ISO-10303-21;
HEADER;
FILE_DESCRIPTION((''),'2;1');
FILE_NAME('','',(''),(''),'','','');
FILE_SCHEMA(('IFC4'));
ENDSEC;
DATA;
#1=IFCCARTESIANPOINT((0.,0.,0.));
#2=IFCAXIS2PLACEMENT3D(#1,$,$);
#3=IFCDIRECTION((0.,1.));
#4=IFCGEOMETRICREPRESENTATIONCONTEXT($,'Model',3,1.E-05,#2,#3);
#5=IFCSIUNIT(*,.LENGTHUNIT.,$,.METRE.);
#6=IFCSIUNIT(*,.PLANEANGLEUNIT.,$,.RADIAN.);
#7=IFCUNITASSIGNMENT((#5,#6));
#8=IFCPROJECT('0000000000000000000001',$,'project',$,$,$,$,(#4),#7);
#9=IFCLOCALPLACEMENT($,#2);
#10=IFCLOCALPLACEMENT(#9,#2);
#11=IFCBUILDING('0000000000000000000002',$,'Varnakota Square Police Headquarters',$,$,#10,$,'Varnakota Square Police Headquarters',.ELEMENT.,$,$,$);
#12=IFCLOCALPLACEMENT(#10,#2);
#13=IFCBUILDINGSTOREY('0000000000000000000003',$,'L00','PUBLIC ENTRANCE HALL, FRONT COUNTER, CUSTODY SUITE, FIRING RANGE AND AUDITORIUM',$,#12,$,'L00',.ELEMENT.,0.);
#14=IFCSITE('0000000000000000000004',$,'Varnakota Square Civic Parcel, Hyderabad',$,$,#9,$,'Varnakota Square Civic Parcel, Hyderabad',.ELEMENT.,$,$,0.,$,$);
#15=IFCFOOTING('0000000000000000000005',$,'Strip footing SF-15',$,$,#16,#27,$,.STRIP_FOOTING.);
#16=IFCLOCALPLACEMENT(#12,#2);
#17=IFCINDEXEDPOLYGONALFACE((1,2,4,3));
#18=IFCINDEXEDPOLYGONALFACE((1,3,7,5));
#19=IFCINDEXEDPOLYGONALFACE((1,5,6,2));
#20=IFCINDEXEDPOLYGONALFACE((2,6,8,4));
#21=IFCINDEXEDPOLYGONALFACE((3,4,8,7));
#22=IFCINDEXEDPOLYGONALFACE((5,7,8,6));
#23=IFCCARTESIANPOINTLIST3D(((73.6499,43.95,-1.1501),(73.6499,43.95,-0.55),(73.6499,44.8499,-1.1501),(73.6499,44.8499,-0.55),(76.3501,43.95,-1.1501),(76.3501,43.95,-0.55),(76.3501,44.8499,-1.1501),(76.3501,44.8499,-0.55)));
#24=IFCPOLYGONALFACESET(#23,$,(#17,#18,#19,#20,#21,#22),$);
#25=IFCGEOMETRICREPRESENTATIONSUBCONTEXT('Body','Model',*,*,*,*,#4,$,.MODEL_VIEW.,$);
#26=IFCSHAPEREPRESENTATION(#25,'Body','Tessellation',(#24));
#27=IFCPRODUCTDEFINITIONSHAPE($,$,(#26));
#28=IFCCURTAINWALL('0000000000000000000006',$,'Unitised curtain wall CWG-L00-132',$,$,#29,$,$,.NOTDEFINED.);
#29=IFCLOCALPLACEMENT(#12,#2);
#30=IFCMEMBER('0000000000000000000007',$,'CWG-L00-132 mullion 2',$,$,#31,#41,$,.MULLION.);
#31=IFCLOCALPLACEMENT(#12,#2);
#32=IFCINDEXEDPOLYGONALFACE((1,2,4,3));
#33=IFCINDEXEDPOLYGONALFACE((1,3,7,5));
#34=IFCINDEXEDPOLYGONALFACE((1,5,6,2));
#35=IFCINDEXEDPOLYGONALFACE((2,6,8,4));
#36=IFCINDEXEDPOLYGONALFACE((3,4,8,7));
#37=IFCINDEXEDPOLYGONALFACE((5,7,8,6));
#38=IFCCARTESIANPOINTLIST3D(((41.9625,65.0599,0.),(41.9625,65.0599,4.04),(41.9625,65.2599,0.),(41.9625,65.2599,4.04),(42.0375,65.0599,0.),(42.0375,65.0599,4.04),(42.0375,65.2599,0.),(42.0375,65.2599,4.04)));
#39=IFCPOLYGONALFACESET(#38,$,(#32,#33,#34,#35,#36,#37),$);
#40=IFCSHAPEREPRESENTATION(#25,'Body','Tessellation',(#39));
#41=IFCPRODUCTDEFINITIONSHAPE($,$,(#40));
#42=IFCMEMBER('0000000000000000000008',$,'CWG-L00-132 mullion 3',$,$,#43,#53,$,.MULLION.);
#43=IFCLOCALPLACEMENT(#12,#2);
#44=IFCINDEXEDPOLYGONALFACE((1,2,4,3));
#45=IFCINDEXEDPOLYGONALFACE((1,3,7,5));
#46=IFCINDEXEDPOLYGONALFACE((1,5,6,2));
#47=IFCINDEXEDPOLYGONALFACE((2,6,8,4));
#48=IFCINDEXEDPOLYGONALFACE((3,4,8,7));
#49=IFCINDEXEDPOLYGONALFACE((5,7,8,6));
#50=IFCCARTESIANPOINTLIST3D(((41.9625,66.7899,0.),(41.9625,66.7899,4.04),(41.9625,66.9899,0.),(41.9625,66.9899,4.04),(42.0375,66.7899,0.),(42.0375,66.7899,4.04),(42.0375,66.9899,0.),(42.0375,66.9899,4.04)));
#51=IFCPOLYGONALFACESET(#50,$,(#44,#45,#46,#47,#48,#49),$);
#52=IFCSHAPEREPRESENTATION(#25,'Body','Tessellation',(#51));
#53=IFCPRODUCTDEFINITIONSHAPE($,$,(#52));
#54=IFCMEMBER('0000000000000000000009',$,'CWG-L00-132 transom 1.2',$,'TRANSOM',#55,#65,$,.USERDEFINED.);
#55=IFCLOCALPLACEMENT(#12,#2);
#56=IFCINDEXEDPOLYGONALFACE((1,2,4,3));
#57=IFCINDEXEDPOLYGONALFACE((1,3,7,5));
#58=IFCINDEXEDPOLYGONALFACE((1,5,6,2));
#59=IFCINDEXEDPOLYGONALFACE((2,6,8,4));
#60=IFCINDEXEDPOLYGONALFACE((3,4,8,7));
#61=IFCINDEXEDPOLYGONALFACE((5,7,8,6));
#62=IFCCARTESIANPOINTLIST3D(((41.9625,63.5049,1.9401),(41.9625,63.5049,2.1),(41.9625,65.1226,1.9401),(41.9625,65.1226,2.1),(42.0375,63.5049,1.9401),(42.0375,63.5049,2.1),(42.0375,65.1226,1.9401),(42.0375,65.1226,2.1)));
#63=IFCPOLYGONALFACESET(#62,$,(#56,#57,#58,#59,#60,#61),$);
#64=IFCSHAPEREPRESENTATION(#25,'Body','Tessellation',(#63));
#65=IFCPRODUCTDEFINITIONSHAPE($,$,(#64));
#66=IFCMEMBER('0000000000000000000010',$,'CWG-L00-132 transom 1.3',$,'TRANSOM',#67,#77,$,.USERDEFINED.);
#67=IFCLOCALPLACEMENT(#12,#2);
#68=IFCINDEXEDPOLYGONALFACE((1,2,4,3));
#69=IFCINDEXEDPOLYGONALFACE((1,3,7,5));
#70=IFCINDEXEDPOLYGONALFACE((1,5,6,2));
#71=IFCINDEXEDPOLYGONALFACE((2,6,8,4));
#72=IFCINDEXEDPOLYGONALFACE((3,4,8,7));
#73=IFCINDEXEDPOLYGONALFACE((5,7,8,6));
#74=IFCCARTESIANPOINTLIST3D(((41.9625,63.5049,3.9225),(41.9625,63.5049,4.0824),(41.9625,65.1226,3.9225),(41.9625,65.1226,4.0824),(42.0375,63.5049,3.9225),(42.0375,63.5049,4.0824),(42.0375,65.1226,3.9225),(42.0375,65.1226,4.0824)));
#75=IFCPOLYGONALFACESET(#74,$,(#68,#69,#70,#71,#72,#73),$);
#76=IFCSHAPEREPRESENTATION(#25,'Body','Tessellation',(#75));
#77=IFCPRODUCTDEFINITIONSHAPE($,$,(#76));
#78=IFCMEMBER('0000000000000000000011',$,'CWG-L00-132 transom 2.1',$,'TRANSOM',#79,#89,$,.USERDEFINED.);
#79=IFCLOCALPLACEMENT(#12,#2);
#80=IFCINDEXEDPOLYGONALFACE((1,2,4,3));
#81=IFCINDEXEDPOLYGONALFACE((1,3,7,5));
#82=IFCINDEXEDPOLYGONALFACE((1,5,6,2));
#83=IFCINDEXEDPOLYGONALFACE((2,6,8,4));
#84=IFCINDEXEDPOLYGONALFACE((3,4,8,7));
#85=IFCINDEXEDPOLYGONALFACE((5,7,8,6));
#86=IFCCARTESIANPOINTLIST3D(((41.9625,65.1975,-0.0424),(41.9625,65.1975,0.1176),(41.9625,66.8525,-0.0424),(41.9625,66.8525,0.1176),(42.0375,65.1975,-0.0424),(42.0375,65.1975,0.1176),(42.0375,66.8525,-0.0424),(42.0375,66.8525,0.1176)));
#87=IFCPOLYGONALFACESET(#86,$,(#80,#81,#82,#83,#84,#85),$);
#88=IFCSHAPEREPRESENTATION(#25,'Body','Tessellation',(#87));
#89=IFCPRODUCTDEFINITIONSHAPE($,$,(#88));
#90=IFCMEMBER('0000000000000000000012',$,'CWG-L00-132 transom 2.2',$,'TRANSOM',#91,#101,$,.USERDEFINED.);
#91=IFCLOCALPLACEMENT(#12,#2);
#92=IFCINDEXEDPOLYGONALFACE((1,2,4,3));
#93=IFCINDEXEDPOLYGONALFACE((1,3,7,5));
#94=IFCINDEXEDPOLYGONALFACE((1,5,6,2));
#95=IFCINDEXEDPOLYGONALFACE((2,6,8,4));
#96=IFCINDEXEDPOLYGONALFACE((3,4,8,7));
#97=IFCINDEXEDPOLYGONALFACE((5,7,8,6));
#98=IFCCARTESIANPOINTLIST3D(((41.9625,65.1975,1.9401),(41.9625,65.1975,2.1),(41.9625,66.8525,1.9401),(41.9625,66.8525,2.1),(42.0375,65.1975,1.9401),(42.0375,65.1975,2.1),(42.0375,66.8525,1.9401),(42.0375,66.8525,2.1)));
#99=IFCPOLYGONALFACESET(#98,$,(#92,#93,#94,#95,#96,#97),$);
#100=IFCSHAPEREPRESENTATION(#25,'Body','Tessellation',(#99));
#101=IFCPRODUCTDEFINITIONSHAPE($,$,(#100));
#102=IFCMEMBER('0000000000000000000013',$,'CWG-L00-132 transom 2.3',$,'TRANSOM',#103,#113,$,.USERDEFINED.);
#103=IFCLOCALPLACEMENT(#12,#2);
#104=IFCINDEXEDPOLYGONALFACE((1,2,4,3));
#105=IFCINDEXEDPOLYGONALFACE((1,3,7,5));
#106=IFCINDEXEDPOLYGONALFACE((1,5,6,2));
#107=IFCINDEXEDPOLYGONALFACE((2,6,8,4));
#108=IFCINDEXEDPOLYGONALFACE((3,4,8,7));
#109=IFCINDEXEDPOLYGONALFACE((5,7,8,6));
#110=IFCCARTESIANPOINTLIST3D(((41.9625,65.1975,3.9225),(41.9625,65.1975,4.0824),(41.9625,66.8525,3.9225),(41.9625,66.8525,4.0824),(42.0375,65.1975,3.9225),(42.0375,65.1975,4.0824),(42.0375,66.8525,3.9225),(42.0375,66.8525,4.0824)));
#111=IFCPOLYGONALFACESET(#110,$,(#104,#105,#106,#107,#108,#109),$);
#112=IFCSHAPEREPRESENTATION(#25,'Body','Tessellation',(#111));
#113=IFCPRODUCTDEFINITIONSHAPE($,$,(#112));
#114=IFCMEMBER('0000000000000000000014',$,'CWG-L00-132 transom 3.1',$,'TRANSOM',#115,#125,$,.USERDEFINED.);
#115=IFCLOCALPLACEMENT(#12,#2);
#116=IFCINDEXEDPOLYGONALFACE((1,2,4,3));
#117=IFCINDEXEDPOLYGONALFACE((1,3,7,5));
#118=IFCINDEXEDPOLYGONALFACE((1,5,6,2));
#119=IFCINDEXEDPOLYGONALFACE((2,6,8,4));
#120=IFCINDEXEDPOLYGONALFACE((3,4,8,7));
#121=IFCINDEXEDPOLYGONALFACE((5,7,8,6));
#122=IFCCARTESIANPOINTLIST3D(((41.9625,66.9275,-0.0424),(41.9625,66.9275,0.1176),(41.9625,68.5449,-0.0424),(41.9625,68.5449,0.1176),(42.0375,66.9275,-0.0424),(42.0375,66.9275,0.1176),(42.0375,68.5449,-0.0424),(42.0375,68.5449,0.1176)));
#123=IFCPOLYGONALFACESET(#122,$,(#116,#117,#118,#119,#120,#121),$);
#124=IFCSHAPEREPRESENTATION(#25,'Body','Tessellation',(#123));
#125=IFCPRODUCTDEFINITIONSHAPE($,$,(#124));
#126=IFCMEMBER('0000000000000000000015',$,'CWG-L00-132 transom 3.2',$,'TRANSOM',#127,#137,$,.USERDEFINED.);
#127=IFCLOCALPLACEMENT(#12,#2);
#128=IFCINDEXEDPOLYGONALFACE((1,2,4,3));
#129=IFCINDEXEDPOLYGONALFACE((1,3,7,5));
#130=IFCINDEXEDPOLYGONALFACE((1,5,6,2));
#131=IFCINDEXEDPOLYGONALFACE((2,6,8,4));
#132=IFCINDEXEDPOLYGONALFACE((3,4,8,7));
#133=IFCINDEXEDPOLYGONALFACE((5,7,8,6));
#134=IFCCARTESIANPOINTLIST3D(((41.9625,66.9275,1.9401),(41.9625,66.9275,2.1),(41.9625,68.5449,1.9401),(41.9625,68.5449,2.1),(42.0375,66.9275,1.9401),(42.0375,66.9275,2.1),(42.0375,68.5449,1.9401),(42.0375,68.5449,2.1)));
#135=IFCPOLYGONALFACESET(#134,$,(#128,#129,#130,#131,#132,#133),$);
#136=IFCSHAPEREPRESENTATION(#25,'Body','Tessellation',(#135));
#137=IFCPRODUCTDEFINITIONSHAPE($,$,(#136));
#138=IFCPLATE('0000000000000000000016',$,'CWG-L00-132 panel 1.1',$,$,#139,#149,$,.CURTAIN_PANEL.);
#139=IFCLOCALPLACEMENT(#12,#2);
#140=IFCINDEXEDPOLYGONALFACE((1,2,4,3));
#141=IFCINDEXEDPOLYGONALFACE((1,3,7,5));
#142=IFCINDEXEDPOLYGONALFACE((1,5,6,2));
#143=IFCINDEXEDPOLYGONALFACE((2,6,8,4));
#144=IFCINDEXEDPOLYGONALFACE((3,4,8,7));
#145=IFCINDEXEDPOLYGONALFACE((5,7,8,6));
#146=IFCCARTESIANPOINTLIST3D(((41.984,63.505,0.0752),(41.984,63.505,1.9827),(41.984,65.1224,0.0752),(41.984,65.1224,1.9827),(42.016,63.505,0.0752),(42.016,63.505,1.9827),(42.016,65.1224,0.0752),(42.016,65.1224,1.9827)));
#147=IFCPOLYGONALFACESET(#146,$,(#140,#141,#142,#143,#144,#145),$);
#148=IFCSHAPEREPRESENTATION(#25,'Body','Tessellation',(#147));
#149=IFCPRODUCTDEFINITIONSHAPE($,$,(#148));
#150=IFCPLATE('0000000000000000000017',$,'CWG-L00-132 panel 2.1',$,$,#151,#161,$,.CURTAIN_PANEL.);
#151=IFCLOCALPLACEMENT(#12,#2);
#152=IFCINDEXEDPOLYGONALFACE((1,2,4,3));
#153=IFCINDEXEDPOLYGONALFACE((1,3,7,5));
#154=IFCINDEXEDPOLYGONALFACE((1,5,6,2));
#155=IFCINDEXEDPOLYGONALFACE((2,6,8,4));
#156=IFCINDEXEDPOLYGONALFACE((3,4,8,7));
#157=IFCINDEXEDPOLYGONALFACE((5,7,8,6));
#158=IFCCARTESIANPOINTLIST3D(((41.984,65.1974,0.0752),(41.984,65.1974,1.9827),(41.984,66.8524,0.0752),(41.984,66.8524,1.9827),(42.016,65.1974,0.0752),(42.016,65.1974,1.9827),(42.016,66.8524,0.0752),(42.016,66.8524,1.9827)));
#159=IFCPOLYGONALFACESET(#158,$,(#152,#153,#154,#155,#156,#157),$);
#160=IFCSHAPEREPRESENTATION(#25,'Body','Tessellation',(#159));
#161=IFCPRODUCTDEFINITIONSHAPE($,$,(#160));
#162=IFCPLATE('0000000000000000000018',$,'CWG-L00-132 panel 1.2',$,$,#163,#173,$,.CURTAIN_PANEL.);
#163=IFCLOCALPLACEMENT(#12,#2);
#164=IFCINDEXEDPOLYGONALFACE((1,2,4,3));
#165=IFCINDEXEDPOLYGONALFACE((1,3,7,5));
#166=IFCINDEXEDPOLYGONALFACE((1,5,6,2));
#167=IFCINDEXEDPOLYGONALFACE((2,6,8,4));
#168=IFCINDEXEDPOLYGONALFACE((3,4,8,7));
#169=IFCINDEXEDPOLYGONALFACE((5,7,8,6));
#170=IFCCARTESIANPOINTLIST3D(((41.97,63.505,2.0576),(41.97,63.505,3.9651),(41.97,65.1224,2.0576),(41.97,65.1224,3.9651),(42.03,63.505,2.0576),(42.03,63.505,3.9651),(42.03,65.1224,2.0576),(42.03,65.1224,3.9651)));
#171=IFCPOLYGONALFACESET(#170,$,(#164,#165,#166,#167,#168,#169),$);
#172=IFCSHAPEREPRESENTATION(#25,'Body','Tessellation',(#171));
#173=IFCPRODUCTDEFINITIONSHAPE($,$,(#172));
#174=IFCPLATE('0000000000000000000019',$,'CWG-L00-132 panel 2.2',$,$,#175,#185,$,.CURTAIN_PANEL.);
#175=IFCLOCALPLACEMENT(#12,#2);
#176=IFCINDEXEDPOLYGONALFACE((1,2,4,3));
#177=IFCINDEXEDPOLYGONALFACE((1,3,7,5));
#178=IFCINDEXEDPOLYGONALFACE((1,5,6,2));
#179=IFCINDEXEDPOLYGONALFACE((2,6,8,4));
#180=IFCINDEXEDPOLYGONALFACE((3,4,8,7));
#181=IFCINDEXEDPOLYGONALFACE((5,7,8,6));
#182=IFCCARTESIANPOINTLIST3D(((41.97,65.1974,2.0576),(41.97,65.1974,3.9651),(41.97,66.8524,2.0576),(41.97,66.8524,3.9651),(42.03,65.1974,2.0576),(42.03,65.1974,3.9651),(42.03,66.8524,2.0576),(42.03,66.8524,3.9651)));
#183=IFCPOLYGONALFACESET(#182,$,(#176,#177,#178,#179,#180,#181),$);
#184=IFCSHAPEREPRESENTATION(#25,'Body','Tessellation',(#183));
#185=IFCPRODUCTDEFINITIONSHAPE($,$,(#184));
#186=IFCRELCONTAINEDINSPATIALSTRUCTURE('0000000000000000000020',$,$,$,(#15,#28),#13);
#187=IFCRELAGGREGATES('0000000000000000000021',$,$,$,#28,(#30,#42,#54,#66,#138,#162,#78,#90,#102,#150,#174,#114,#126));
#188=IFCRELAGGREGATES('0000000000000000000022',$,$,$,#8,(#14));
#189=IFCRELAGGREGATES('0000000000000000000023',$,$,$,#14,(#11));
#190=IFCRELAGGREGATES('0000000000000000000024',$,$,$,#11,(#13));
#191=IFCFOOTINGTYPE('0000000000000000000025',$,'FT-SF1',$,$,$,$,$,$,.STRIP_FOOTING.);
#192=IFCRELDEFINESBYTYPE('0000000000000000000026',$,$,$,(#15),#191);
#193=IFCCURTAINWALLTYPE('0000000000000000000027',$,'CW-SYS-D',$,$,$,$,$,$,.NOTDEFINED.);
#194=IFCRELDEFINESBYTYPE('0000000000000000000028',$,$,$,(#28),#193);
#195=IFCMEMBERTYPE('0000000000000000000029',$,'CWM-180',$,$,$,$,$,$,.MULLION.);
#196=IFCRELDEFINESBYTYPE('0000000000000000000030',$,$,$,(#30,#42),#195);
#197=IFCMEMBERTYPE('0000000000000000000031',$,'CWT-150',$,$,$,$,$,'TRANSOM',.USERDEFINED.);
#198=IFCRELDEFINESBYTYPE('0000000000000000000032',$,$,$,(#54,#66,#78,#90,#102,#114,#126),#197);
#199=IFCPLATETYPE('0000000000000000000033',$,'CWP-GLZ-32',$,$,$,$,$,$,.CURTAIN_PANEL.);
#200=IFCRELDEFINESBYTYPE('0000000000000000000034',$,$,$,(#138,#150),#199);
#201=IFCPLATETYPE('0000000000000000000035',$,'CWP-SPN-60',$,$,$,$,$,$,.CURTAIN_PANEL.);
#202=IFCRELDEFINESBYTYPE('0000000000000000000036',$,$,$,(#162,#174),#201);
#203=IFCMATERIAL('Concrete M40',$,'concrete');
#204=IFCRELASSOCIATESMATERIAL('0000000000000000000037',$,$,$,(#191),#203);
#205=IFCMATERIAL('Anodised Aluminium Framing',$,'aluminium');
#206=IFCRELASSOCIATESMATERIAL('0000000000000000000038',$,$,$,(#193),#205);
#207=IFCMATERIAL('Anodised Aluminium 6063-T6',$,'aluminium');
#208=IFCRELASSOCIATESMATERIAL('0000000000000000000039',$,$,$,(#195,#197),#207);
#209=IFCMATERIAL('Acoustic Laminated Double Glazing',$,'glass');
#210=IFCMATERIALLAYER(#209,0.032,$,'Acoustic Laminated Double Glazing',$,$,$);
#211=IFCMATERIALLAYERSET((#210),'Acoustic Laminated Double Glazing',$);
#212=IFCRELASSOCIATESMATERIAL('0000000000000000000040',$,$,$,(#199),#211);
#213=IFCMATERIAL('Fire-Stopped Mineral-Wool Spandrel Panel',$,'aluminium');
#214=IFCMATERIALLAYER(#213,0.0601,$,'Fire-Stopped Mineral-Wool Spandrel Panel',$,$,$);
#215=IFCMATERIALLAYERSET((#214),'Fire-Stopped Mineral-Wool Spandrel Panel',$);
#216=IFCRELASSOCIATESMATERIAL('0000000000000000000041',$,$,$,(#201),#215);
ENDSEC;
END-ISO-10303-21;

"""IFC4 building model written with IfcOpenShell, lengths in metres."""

from ifc_helpers import new_model, si_unit, direction, frame, origin, origin_2d, place, context, subcontext, project, spatial, rectangle, extrude, material, layer, layer_set, material_profile, profile_set, type_object, element, aggregate, save


model = new_model("IFC4")

# Units and contexts
model_context = context("Model", 3, precision=1e-05, world=origin(), true_north=direction((0.0, 1.0)))
body_context = subcontext(model_context, "Body", "Model", "MODEL_VIEW")
ifc_project = project(units=[si_unit("LENGTHUNIT", "METRE"), si_unit("PLANEANGLEUNIT", "RADIAN")], contexts=[model_context])

# Site, building, storey
site_placement = place(None, origin())
site = spatial("IfcSite", under=ifc_project, at=site_placement, Name="Varnakota Square Civic Parcel, Hyderabad", LongName="Varnakota Square Civic Parcel, Hyderabad", CompositionType="ELEMENT", RefElevation=0.0)
building_placement = place(site_placement, origin())
building = spatial("IfcBuilding", under=site, at=building_placement, Name="Varnakota Square Police Headquarters", LongName="Varnakota Square Police Headquarters", CompositionType="ELEMENT")
storey_placement = place(building_placement, origin())
storey = spatial("IfcBuildingStorey", under=building, at=storey_placement, Name="L00", Description="PUBLIC ENTRANCE HALL, FRONT COUNTER, CUSTODY SUITE, FIRING RANGE AND AUDITORIUM", LongName="L00", CompositionType="ELEMENT", Elevation=0.0)

# Footing
ifc_material_1 = material(Name="Concrete M40", Category="concrete")
ifc_material_profile_1 = material_profile(ifc_material_1, rectangle(XDim=0.8999, YDim=0.6001, at=origin_2d()), Name="SF 900x600")
ifc_profile_set_1 = profile_set([ifc_material_profile_1], Name="Concrete M40")
footing_type = type_object("IfcFootingType", Name="FT-SF1", PredefinedType="STRIP_FOOTING", material=ifc_profile_set_1)
footing_placement = place(storey_placement, frame((73.6499, 44.3999, -0.8501), z_axis=(1.0, 0.0, 0.0), x_axis=(0.0, 1.0, 0.0)))
element("IfcFooting", 1, at=footing_placement, inside=storey, type_object=footing_type, Name="Strip footing SF-15", PredefinedType="STRIP_FOOTING", context=body_context, shape_type="SweptSolid", body=[
    extrude(rectangle(XDim=0.8999, YDim=0.6001, at=origin_2d()), origin(), (0.0, 0.0, 1.0), 2.7002),
])

# Curtain wall, members, plates
ifc_material_2 = material(Name="Anodised Aluminium Framing", Category="aluminium")
curtain_wall_type = type_object("IfcCurtainWallType", Name="CW-SYS-D", PredefinedType="NOTDEFINED", material=ifc_material_2)
curtain_wall_placement = place(storey_placement, origin())
curtain_wall = element("IfcCurtainWall", 2, at=curtain_wall_placement, inside=storey, type_object=curtain_wall_type, Name="Unitised curtain wall CWG-L00-132", PredefinedType="NOTDEFINED")
ifc_material_3 = material(Name="Anodised Aluminium 6063-T6", Category="aluminium")
ifc_material_profile_2 = material_profile(ifc_material_3, rectangle(XDim=0.075, YDim=0.2, at=origin_2d()), Name="ALU MULLION 75x200")
ifc_profile_set_2 = profile_set([ifc_material_profile_2], Name="Anodised Aluminium 6063-T6")
member_type_1 = type_object("IfcMemberType", Name="CWM-180", PredefinedType="MULLION", material=ifc_profile_set_2)
member_1_placement = place(storey_placement, frame((42.0, 65.1599, 0.0), z_axis=(0.0, 0.0, 1.0), x_axis=(-1.0, 0.0, 0.0)))
member_1 = element("IfcMember", 3, at=member_1_placement, type_object=member_type_1, Name="CWG-L00-132 mullion 2", PredefinedType="MULLION", context=body_context, shape_type="SweptSolid", body=[
    extrude(rectangle(XDim=0.075, YDim=0.2, at=origin_2d()), origin(), (0.0, 0.0, 1.0), 4.04),
])
member_2_placement = place(storey_placement, frame((42.0, 66.8899, 0.0), z_axis=(0.0, 0.0, 1.0), x_axis=(-1.0, 0.0, 0.0)))
member_2 = element("IfcMember", 4, at=member_2_placement, type_object=member_type_1, Name="CWG-L00-132 mullion 3", PredefinedType="MULLION", context=body_context, shape_type="SweptSolid", body=[
    extrude(rectangle(XDim=0.075, YDim=0.2, at=origin_2d()), origin(), (0.0, 0.0, 1.0), 4.04),
])
ifc_material_profile_3 = material_profile(ifc_material_3, rectangle(XDim=0.075, YDim=0.1599, at=origin_2d()), Name="ALU TRANSOM 75x160")
ifc_profile_set_3 = profile_set([ifc_material_profile_3], Name="Anodised Aluminium 6063-T6")
member_type_2 = type_object("IfcMemberType", Name="CWT-150", ElementType="TRANSOM", PredefinedType="USERDEFINED", material=ifc_profile_set_3)
member_3_placement = place(storey_placement, frame((42.0, 63.5049, 2.02), z_axis=(0.0, 1.0, 0.0), x_axis=(-1.0, 0.0, 0.0)))
member_3 = element("IfcMember", 5, at=member_3_placement, type_object=member_type_2, Name="CWG-L00-132 transom 1.2", ObjectType="TRANSOM", PredefinedType="USERDEFINED", context=body_context, shape_type="SweptSolid", body=[
    extrude(rectangle(XDim=0.075, YDim=0.1599, at=origin_2d()), origin(), (0.0, 0.0, 1.0), 1.6177),
])
member_4_placement = place(storey_placement, frame((42.0, 63.5049, 4.0024), z_axis=(0.0, 1.0, 0.0), x_axis=(-1.0, 0.0, 0.0)))
member_4 = element("IfcMember", 6, at=member_4_placement, type_object=member_type_2, Name="CWG-L00-132 transom 1.3", ObjectType="TRANSOM", PredefinedType="USERDEFINED", context=body_context, shape_type="SweptSolid", body=[
    extrude(rectangle(XDim=0.075, YDim=0.1599, at=origin_2d()), origin(), (0.0, 0.0, 1.0), 1.6177),
])
member_5_placement = place(storey_placement, frame((42.0, 65.1975, 0.0376), z_axis=(0.0, 1.0, 0.0), x_axis=(-1.0, 0.0, 0.0)))
member_5 = element("IfcMember", 7, at=member_5_placement, type_object=member_type_2, Name="CWG-L00-132 transom 2.1", ObjectType="TRANSOM", PredefinedType="USERDEFINED", context=body_context, shape_type="SweptSolid", body=[
    extrude(rectangle(XDim=0.075, YDim=0.1599, at=origin_2d()), origin(), (0.0, 0.0, 1.0), 1.655),
])
member_6_placement = place(storey_placement, frame((42.0, 65.1975, 2.02), z_axis=(0.0, 1.0, 0.0), x_axis=(-1.0, 0.0, 0.0)))
member_6 = element("IfcMember", 8, at=member_6_placement, type_object=member_type_2, Name="CWG-L00-132 transom 2.2", ObjectType="TRANSOM", PredefinedType="USERDEFINED", context=body_context, shape_type="SweptSolid", body=[
    extrude(rectangle(XDim=0.075, YDim=0.1599, at=origin_2d()), origin(), (0.0, 0.0, 1.0), 1.655),
])
member_7_placement = place(storey_placement, frame((42.0, 65.1975, 4.0024), z_axis=(0.0, 1.0, 0.0), x_axis=(-1.0, 0.0, 0.0)))
member_7 = element("IfcMember", 9, at=member_7_placement, type_object=member_type_2, Name="CWG-L00-132 transom 2.3", ObjectType="TRANSOM", PredefinedType="USERDEFINED", context=body_context, shape_type="SweptSolid", body=[
    extrude(rectangle(XDim=0.075, YDim=0.1599, at=origin_2d()), origin(), (0.0, 0.0, 1.0), 1.655),
])
member_8_placement = place(storey_placement, frame((42.0, 66.9275, 0.0376), z_axis=(0.0, 1.0, 0.0), x_axis=(-1.0, 0.0, 0.0)))
member_8 = element("IfcMember", 10, at=member_8_placement, type_object=member_type_2, Name="CWG-L00-132 transom 3.1", ObjectType="TRANSOM", PredefinedType="USERDEFINED", context=body_context, shape_type="SweptSolid", body=[
    extrude(rectangle(XDim=0.075, YDim=0.1599, at=origin_2d()), origin(), (0.0, 0.0, 1.0), 1.6174),
])
member_9_placement = place(storey_placement, frame((42.0, 66.9275, 2.02), z_axis=(0.0, 1.0, 0.0), x_axis=(-1.0, 0.0, 0.0)))
member_9 = element("IfcMember", 11, at=member_9_placement, type_object=member_type_2, Name="CWG-L00-132 transom 3.2", ObjectType="TRANSOM", PredefinedType="USERDEFINED", context=body_context, shape_type="SweptSolid", body=[
    extrude(rectangle(XDim=0.075, YDim=0.1599, at=origin_2d()), origin(), (0.0, 0.0, 1.0), 1.6174),
])
ifc_material_4 = material(Name="Acoustic Laminated Double Glazing", Category="glass")
ifc_layer_1 = layer(ifc_material_4, 0.032, Name="Acoustic Laminated Double Glazing")
ifc_layer_set_1 = layer_set([ifc_layer_1], Name="Acoustic Laminated Double Glazing")
plate_type_1 = type_object("IfcPlateType", Name="CWP-GLZ-32", PredefinedType="CURTAIN_PANEL", material=ifc_layer_set_1)
plate_1_placement = place(storey_placement, frame((42.0, 64.3137, 0.0752), z_axis=(0.0, 0.0, 1.0), x_axis=(0.0, 1.0, 0.0)))
plate_1 = element("IfcPlate", 12, at=plate_1_placement, type_object=plate_type_1, Name="CWG-L00-132 panel 1.1", PredefinedType="CURTAIN_PANEL", context=body_context, shape_type="SweptSolid", body=[
    extrude(rectangle(XDim=1.6174, YDim=0.032, at=origin_2d()), origin(), (0.0, 0.0, 1.0), 1.9075),
])
plate_2_placement = place(storey_placement, frame((42.0, 66.0249, 0.0752), z_axis=(0.0, 0.0, 1.0), x_axis=(0.0, 1.0, 0.0)))
plate_2 = element("IfcPlate", 13, at=plate_2_placement, type_object=plate_type_1, Name="CWG-L00-132 panel 2.1", PredefinedType="CURTAIN_PANEL", context=body_context, shape_type="SweptSolid", body=[
    extrude(rectangle(XDim=1.655, YDim=0.032, at=origin_2d()), origin(), (0.0, 0.0, 1.0), 1.9075),
])
ifc_material_5 = material(Name="Fire-Stopped Mineral-Wool Spandrel Panel", Category="aluminium")
ifc_layer_2 = layer(ifc_material_5, 0.0601, Name="Fire-Stopped Mineral-Wool Spandrel Panel")
ifc_layer_set_2 = layer_set([ifc_layer_2], Name="Fire-Stopped Mineral-Wool Spandrel Panel")
plate_type_2 = type_object("IfcPlateType", Name="CWP-SPN-60", PredefinedType="CURTAIN_PANEL", material=ifc_layer_set_2)
plate_3_placement = place(storey_placement, frame((42.0, 64.3137, 2.0576), z_axis=(0.0, 0.0, 1.0), x_axis=(0.0, 1.0, 0.0)))
plate_3 = element("IfcPlate", 14, at=plate_3_placement, type_object=plate_type_2, Name="CWG-L00-132 panel 1.2", PredefinedType="CURTAIN_PANEL", context=body_context, shape_type="SweptSolid", body=[
    extrude(rectangle(XDim=1.6174, YDim=0.0601, at=origin_2d()), origin(), (0.0, 0.0, 1.0), 1.9075),
])
plate_4_placement = place(storey_placement, frame((42.0, 66.0249, 2.0576), z_axis=(0.0, 0.0, 1.0), x_axis=(0.0, 1.0, 0.0)))
plate_4 = element("IfcPlate", 15, at=plate_4_placement, type_object=plate_type_2, Name="CWG-L00-132 panel 2.2", PredefinedType="CURTAIN_PANEL", context=body_context, shape_type="SweptSolid", body=[
    extrude(rectangle(XDim=1.655, YDim=0.0601, at=origin_2d()), origin(), (0.0, 0.0, 1.0), 1.9075),
])
aggregate(curtain_wall, [member_1, member_2, member_3, member_4, plate_1, plate_3, member_5, member_6, member_7, plate_2, plate_4, member_8, member_9])

save(model, "model.ifc")
